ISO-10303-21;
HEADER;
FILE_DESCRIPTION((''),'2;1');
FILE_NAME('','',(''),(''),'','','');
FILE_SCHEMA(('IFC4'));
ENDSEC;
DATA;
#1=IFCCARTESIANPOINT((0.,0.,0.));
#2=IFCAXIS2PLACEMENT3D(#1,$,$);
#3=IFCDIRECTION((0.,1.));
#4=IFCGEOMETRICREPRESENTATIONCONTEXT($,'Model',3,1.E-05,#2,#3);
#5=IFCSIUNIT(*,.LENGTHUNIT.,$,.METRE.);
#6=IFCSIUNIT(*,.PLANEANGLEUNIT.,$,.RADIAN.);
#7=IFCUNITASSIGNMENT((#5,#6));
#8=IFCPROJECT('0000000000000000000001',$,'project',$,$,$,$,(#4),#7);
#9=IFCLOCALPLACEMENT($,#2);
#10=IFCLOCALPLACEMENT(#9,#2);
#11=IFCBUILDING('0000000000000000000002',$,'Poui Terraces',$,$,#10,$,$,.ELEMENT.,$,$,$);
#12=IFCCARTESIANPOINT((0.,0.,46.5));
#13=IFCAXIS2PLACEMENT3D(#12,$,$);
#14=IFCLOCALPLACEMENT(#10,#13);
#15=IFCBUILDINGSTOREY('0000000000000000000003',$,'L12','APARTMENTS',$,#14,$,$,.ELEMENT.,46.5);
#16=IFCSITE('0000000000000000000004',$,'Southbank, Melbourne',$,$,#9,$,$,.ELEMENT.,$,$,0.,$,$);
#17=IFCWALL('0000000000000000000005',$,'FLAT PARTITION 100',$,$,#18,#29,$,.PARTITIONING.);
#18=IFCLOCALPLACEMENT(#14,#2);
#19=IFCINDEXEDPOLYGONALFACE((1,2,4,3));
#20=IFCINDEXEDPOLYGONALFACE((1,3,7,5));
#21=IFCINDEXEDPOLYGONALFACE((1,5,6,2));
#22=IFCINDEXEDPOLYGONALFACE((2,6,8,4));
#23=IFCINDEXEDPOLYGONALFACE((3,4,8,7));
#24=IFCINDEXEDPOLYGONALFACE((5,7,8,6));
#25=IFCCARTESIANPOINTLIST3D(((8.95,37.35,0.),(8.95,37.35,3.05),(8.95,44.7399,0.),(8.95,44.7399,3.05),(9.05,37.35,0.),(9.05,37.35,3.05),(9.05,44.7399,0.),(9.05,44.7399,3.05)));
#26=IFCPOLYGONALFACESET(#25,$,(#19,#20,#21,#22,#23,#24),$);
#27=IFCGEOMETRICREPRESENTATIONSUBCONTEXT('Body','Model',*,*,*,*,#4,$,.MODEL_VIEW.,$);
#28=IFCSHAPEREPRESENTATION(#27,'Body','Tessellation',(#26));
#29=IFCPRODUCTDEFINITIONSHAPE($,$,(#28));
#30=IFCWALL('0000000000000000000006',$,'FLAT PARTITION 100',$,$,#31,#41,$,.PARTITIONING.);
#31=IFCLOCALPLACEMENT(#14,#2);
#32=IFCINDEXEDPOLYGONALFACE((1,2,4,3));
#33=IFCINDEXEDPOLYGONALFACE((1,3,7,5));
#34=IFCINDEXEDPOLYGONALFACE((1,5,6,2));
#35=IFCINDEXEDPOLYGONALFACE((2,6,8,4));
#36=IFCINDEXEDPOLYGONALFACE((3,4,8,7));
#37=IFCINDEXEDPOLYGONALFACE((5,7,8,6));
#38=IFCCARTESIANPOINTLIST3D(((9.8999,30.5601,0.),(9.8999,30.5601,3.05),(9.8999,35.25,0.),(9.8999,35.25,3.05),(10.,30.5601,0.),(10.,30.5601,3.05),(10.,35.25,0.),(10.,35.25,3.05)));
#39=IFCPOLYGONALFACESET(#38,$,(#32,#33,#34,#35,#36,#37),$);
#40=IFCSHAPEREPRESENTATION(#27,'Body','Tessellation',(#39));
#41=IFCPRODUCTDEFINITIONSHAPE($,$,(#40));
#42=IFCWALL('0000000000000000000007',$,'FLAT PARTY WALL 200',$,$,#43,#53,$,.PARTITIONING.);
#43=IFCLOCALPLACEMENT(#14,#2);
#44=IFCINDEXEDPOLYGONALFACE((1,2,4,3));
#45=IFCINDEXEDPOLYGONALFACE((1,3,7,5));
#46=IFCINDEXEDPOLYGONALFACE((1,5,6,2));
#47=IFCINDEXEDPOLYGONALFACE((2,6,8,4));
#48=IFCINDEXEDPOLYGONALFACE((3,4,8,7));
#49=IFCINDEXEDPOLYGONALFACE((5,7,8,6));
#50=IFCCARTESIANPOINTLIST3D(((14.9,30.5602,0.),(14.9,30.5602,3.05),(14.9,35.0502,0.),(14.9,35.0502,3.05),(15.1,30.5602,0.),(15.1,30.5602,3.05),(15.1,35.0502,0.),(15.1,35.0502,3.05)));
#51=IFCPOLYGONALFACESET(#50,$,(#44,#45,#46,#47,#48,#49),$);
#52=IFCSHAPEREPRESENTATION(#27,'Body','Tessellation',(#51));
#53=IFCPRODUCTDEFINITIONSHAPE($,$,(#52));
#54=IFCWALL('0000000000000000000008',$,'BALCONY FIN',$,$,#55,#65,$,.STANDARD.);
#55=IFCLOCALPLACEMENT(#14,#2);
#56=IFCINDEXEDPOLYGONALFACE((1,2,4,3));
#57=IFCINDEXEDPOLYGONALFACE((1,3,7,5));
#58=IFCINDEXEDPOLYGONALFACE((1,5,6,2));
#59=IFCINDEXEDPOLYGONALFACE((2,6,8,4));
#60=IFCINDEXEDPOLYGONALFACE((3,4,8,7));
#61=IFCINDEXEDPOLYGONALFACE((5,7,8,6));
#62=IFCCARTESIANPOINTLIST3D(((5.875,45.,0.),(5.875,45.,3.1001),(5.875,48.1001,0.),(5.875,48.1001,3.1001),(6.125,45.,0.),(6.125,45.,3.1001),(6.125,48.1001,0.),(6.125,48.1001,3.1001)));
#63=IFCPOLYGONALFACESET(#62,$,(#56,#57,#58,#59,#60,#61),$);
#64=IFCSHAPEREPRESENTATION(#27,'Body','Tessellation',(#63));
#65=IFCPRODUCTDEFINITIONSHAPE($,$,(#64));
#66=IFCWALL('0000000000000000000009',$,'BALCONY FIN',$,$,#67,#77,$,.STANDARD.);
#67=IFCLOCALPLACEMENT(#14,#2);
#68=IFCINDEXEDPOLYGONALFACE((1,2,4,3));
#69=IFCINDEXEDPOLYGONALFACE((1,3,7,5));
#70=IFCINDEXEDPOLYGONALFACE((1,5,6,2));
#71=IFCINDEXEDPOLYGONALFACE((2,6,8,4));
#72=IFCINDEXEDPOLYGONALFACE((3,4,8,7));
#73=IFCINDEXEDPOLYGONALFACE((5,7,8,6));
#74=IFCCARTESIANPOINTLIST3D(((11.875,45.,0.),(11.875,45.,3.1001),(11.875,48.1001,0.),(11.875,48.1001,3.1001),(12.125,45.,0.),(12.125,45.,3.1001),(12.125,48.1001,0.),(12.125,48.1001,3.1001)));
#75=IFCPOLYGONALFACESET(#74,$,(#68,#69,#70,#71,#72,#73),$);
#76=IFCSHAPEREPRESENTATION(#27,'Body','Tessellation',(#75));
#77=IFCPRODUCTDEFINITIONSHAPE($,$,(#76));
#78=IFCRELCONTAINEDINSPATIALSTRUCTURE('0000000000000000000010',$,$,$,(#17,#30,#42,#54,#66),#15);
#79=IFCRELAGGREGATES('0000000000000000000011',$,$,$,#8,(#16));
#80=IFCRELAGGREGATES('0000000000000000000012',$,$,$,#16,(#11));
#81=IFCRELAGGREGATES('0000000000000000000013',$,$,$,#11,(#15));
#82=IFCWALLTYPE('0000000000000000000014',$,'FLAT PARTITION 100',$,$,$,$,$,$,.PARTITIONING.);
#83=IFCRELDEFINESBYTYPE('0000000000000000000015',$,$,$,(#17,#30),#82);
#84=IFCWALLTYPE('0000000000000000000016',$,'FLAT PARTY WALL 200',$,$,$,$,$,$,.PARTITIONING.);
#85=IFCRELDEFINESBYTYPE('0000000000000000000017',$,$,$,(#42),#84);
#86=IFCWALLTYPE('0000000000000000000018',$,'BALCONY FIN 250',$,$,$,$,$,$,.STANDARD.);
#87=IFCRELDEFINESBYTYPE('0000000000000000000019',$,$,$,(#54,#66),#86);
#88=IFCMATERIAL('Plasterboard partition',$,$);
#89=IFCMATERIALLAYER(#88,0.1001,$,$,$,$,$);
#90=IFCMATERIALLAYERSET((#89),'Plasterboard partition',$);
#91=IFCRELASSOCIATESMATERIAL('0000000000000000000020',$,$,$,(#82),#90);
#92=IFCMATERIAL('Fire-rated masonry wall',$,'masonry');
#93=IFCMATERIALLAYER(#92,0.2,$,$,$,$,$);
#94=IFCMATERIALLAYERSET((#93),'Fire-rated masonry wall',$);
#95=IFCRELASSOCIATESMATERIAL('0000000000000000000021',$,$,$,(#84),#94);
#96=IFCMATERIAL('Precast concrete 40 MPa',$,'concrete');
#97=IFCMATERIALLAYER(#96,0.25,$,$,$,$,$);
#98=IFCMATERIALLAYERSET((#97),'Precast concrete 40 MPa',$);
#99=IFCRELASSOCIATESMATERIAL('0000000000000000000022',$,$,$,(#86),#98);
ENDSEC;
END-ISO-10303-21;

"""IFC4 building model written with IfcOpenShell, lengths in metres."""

from ifc_helpers import new_model, si_unit, direction, frame, frame_2d, origin, place, context, subcontext, project, spatial, polyline, rectangle, outline, extrude, source, transform, mapped, material, layer, layer_set, type_object, element, save


model = new_model("IFC4")

# Units and contexts
model_context = context("Model", 3, precision=1e-05, world=origin(), true_north=direction((0.0, 1.0)))
body_context = subcontext(model_context, "Body", "Model", "MODEL_VIEW")
ifc_project = project(units=[si_unit("LENGTHUNIT", "METRE"), si_unit("PLANEANGLEUNIT", "RADIAN")], contexts=[model_context])

# Site, building, storey
site_placement = place(None, origin())
site = spatial("IfcSite", under=ifc_project, at=site_placement, Name="Southbank, Melbourne", CompositionType="ELEMENT", RefElevation=0.0)
building_placement = place(site_placement, origin())
building = spatial("IfcBuilding", under=site, at=building_placement, Name="Poui Terraces", CompositionType="ELEMENT")
storey_placement = place(building_placement, frame((0.0, 0.0, 46.5)))
storey = spatial("IfcBuildingStorey", under=building, at=storey_placement, Name="L12", Description="APARTMENTS", CompositionType="ELEMENT", Elevation=46.5)

# Shared definitions
ifc_material_1 = material(Name="Plasterboard partition")
ifc_layer_1 = layer(ifc_material_1, 0.1001)
ifc_layer_set_1 = layer_set([ifc_layer_1], Name="Plasterboard partition")
wall_type_1 = type_object("IfcWallType", Name="FLAT PARTITION 100", PredefinedType="PARTITIONING", material=ifc_layer_set_1)

# Walls
wall_1_placement = place(storey_placement, frame((9.0, 37.3501, 0.0), z_axis=(0.0, 0.0, 1.0), x_axis=(0.0, 1.0, 0.0)))
element("IfcWall", 1, at=wall_1_placement, inside=storey, type_object=wall_type_1, Name="FLAT PARTITION 100", PredefinedType="PARTITIONING", context=body_context, shape_type="SweptSolid", body=[
    extrude(rectangle(XDim=7.3899, YDim=0.1001, at=frame_2d((3.6948, 0.0))), origin(), (0.0, 0.0, 1.0), 3.05),
])
wall_2_placement = place(storey_placement, frame((9.95, 30.5601, 0.0), z_axis=(0.0, 0.0, 1.0), x_axis=(0.0, 1.0, 0.0)))
element("IfcWall", 2, at=wall_2_placement, inside=storey, type_object=wall_type_1, Name="FLAT PARTITION 100", PredefinedType="PARTITIONING", context=body_context, shape_type="SweptSolid", body=[
    extrude(rectangle(XDim=4.6899, YDim=0.1001, at=frame_2d((2.345, 0.0))), origin(), (0.0, 0.0, 1.0), 3.05),
])
ifc_material_2 = material(Name="Fire-rated masonry wall", Category="masonry")
ifc_layer_2 = layer(ifc_material_2, 0.2)
ifc_layer_set_2 = layer_set([ifc_layer_2], Name="Fire-rated masonry wall")
wall_type_2 = type_object("IfcWallType", Name="FLAT PARTY WALL 200", PredefinedType="PARTITIONING", material=ifc_layer_set_2)
wall_3_placement = place(storey_placement, frame((15.0, 30.5601, 0.0), z_axis=(0.0, 0.0, 1.0), x_axis=(0.0, 1.0, 0.0)))
element("IfcWall", 3, at=wall_3_placement, inside=storey, type_object=wall_type_2, Name="FLAT PARTY WALL 200", PredefinedType="PARTITIONING", context=body_context, shape_type="SweptSolid", body=[
    extrude(rectangle(XDim=4.49, YDim=0.2, at=frame_2d((2.2451, 0.0))), origin(), (0.0, 0.0, 1.0), 3.05),
])
ifc_material_3 = material(Name="Precast concrete 40 MPa", Category="concrete")
ifc_layer_3 = layer(ifc_material_3, 0.25)
ifc_layer_set_3 = layer_set([ifc_layer_3], Name="Precast concrete 40 MPa")
wall_type_3 = type_object("IfcWallType", Name="BALCONY FIN 250", PredefinedType="STANDARD", material=ifc_layer_set_3)
shared_shape_1 = source(origin(), body_context, "Body", "SweptSolid", [
    extrude(outline(polyline([(0.0, 0.0), (0.25, 0.0), (0.25, 3.1001), (0.0, 3.1001), (0.0, 0.0)])), origin(), (0.0, 0.0, 1.0), 3.1001),
])
for number, where, name in (
    (4, (5.875, 45.0, 0.0), "BALCONY FIN"),
    (5, (11.875, 45.0, 0.0), "BALCONY FIN"),
):
    element("IfcWall", number, at=place(storey_placement, frame(where)), inside=storey, type_object=wall_type_3, Name=name, PredefinedType="STANDARD", context=body_context, shape_type="MappedRepresentation", body=[
        mapped(shared_shape_1, transform((0.0, 0.0, 0.0))),
    ])

save(model, "model.ifc")
